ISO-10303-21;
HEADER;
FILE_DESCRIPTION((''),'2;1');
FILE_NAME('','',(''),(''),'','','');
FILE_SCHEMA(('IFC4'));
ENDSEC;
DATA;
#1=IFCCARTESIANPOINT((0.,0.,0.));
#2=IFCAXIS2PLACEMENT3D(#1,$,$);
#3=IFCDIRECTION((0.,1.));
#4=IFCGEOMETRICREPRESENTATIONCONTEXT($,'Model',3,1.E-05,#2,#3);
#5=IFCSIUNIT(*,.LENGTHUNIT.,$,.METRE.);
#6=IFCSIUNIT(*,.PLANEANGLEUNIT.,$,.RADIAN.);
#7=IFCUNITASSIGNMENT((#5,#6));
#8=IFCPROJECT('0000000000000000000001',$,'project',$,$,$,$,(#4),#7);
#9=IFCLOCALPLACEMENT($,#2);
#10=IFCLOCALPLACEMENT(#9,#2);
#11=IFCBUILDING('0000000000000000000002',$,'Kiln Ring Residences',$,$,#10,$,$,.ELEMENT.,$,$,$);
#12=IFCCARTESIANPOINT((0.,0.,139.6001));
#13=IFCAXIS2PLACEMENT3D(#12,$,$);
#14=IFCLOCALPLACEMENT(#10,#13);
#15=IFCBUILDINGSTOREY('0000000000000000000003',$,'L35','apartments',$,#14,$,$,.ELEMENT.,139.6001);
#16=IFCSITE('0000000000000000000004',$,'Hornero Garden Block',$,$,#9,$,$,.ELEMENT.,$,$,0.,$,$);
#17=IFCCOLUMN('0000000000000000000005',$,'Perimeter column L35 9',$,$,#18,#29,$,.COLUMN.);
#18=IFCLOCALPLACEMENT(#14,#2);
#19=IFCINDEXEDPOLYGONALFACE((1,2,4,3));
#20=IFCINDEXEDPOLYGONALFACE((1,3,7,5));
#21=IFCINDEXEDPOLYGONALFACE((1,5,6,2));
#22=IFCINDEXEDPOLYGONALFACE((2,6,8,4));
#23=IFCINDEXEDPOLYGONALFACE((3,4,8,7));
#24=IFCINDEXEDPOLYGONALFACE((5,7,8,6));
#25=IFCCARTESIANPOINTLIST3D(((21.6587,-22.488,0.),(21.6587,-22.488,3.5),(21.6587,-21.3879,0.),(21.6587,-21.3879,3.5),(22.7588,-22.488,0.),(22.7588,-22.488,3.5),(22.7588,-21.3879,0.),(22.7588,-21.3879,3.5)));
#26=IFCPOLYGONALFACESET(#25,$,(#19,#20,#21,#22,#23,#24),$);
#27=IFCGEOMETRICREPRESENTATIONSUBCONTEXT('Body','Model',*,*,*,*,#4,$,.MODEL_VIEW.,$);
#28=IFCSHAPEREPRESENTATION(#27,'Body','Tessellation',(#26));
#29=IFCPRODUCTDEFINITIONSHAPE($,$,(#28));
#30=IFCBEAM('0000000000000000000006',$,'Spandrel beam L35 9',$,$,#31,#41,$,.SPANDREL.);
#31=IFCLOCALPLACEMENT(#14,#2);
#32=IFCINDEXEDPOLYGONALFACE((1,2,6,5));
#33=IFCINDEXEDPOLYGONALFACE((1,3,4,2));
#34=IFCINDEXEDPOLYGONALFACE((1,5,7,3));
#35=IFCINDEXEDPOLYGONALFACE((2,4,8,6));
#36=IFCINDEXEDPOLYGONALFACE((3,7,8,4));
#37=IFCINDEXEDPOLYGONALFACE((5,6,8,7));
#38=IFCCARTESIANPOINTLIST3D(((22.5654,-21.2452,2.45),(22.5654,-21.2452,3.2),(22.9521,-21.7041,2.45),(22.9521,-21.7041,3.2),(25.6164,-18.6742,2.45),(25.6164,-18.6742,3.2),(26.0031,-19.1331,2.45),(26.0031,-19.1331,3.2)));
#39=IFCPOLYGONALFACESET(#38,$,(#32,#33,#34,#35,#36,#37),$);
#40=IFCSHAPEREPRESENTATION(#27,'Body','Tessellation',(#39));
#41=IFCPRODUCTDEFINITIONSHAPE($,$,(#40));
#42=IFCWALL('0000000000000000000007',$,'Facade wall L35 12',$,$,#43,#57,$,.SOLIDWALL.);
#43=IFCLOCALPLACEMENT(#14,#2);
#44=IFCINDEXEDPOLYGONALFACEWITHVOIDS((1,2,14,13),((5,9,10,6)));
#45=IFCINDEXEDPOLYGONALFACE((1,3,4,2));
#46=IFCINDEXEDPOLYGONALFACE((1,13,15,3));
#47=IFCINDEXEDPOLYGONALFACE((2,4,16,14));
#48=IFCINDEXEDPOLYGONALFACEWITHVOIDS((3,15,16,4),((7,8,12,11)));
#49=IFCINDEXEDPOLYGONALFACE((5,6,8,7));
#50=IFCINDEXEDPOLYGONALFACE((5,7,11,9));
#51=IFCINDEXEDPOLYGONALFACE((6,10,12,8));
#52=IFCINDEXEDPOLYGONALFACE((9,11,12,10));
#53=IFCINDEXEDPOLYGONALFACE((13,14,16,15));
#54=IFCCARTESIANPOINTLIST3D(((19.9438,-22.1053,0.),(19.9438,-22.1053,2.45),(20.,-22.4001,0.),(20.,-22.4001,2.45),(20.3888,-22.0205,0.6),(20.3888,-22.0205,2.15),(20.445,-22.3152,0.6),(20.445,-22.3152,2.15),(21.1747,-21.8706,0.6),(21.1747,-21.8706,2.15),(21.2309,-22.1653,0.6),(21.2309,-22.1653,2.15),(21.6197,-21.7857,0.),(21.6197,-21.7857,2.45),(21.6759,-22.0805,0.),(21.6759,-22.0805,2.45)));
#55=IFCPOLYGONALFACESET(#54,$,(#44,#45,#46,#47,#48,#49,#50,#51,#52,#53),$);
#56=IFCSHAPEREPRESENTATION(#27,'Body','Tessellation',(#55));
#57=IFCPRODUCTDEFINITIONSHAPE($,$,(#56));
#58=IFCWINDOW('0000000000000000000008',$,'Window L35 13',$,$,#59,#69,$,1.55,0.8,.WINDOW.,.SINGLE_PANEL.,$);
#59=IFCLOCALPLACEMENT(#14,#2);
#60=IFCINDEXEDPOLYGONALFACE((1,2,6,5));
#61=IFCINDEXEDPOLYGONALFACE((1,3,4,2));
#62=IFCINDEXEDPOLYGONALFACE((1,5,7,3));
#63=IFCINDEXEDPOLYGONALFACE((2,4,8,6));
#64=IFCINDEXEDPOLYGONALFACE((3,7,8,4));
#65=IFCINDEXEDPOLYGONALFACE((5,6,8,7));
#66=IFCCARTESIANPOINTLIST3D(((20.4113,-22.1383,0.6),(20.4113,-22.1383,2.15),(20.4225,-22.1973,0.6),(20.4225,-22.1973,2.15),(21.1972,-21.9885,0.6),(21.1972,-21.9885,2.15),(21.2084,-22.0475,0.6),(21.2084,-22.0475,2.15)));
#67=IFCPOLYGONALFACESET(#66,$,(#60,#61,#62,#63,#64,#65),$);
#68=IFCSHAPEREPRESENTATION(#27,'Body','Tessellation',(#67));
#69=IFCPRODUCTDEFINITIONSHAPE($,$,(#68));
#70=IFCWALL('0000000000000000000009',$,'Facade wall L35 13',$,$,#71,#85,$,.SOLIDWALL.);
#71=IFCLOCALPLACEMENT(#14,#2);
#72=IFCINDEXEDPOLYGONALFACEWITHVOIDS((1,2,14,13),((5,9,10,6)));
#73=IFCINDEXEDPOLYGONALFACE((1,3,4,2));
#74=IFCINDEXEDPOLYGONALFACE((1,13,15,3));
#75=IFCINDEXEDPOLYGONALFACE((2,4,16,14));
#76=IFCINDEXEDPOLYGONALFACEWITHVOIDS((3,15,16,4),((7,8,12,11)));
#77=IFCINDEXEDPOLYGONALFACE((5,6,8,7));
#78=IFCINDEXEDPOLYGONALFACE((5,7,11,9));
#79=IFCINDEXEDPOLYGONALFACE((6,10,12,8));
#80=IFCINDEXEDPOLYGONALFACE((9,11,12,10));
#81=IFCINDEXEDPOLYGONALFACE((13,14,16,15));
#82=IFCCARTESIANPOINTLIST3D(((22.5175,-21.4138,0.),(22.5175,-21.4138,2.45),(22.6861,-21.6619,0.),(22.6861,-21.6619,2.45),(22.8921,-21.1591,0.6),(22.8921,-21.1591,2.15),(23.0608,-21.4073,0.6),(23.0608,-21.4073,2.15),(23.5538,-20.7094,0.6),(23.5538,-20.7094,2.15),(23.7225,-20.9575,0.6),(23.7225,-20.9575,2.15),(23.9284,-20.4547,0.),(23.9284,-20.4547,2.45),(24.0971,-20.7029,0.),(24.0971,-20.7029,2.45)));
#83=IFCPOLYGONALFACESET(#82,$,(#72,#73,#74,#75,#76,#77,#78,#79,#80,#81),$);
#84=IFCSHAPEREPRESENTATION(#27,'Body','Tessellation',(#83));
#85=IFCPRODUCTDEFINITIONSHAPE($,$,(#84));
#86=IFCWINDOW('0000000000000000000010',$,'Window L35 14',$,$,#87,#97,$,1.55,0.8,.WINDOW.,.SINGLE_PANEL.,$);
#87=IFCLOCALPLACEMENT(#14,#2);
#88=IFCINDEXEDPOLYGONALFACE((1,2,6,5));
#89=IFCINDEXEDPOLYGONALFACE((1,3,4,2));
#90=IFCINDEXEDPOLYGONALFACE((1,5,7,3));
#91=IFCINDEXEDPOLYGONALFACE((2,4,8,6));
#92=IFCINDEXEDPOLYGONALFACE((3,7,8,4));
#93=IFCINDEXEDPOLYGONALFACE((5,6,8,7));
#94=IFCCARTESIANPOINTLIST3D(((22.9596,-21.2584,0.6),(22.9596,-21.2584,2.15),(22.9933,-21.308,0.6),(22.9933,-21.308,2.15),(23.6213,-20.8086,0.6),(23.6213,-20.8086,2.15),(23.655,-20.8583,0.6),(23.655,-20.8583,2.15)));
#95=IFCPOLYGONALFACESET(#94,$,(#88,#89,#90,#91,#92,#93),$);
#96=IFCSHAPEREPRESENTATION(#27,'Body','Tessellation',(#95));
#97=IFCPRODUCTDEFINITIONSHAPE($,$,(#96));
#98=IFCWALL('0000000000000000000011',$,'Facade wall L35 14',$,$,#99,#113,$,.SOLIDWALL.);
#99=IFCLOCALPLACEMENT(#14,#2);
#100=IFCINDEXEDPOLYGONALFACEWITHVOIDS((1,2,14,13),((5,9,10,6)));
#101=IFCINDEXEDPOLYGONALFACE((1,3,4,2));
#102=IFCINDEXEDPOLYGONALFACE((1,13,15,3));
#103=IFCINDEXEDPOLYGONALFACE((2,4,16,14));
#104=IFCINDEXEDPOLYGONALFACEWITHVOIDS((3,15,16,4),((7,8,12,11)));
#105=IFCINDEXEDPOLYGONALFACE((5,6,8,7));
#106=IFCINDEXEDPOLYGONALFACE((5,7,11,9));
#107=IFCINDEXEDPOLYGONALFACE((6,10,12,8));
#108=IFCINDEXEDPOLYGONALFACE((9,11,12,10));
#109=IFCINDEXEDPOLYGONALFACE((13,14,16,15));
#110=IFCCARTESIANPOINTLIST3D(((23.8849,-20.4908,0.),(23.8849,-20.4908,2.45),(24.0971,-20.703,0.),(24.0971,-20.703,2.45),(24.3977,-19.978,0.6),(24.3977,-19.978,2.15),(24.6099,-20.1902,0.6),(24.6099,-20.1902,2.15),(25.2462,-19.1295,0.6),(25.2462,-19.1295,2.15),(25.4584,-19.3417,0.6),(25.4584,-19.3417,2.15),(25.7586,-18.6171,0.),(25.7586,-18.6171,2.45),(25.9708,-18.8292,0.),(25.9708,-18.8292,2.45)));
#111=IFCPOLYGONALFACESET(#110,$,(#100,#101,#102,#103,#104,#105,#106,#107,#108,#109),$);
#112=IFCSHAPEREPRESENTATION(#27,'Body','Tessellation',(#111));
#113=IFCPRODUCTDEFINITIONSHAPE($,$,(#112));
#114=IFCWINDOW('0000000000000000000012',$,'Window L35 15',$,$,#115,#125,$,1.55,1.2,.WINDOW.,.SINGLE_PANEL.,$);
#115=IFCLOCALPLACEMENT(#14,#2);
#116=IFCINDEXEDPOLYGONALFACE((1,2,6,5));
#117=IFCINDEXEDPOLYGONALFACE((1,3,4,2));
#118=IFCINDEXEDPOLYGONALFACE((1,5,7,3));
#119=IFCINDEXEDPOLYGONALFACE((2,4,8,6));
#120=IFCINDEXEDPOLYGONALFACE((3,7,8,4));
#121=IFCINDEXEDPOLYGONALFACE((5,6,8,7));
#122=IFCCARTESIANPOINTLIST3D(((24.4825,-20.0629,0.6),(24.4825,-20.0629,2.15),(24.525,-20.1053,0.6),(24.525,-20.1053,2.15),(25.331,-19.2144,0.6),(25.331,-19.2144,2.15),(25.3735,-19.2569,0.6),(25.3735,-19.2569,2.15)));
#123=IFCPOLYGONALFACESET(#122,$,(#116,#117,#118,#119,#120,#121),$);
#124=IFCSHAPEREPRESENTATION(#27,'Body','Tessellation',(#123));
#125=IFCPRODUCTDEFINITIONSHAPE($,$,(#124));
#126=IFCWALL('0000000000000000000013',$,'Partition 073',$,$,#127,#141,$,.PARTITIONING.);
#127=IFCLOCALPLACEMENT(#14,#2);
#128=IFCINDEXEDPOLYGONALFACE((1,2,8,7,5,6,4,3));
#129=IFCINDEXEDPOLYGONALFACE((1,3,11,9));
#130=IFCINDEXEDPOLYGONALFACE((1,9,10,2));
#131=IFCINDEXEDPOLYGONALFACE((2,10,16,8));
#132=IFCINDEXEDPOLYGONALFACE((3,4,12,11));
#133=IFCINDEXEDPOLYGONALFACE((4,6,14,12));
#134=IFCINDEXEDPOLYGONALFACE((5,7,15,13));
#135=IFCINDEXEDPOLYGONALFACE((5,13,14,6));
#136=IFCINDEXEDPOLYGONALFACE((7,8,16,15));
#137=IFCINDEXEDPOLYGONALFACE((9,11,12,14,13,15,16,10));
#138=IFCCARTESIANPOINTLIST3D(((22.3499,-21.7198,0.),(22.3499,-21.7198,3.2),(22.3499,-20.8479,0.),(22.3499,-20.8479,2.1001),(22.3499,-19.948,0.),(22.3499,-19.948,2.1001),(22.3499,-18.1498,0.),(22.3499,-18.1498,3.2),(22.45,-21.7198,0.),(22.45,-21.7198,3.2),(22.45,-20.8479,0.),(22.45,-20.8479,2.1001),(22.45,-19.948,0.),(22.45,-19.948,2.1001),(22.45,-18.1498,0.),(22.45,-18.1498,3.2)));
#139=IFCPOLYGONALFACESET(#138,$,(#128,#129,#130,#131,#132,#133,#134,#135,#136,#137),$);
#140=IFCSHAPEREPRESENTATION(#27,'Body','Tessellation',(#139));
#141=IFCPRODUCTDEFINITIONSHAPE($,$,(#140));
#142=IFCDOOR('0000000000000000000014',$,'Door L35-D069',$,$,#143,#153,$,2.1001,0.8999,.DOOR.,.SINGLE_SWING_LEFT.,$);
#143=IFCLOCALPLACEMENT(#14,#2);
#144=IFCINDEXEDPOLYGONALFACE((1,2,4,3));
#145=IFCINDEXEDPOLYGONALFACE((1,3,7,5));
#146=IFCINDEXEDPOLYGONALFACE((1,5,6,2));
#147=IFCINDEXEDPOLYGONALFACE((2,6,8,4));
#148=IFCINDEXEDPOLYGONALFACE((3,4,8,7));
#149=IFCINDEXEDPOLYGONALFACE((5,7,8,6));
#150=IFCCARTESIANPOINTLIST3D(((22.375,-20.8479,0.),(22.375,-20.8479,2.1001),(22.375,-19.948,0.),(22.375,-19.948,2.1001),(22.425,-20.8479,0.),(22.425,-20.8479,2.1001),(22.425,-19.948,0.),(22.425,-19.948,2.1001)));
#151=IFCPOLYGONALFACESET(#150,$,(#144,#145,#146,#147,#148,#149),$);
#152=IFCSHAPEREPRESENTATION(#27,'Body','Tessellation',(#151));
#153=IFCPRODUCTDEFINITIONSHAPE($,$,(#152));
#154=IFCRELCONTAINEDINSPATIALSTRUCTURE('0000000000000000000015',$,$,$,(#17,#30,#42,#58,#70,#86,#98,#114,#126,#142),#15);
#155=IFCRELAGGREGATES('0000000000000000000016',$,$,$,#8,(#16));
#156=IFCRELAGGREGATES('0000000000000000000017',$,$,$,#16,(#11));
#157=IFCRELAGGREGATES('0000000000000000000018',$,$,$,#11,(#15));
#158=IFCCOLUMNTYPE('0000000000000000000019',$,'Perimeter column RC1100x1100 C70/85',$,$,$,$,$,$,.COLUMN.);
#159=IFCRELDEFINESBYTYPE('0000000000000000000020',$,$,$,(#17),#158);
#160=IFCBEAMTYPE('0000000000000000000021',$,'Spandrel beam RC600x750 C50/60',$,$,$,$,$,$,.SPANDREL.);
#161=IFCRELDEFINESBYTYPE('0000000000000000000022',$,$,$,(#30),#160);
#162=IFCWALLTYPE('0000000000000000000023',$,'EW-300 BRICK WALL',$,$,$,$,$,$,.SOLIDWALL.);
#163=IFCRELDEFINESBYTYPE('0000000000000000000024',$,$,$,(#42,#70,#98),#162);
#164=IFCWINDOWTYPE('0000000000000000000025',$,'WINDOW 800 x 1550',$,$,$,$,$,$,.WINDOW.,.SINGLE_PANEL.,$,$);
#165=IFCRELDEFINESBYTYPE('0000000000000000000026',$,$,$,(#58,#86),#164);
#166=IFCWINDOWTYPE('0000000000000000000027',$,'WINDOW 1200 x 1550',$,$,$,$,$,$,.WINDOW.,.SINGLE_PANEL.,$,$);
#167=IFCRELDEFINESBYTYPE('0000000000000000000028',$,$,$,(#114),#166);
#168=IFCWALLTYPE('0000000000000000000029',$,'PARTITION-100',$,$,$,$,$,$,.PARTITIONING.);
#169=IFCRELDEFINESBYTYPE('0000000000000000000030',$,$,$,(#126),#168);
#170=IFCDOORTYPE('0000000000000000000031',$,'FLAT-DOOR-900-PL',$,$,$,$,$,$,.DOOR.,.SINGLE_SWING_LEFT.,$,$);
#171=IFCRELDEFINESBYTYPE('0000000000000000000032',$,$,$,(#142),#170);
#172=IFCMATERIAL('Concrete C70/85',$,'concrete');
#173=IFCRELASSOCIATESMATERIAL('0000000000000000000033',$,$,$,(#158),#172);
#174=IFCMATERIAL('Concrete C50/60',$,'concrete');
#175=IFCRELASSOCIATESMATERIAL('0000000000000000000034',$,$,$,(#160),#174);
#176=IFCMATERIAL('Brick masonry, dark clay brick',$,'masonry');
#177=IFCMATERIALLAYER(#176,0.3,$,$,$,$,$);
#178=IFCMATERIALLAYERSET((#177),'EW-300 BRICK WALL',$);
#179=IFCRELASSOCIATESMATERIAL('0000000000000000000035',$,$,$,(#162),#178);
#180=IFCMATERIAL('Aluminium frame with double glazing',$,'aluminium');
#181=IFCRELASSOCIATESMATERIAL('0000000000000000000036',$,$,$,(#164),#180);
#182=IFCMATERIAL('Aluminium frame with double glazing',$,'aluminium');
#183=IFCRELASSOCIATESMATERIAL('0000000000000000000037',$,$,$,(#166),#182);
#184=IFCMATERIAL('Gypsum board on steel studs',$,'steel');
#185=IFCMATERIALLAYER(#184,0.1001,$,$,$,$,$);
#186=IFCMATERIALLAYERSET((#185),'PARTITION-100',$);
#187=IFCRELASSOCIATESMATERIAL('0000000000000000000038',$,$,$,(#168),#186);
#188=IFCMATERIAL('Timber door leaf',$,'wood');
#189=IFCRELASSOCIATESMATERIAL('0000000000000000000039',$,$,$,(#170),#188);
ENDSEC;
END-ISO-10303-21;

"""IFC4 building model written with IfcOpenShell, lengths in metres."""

from ifc_helpers import new_model, si_unit, direction, frame, frame_2d, origin, origin_2d, place, context, subcontext, project, spatial, rectangle, extrude, material, layer, layer_set, material_profile, profile_set, type_object, element, fill, save


model = new_model("IFC4")

# Units and contexts
model_context = context("Model", 3, precision=1e-05, world=origin(), true_north=direction((0.0, 1.0)))
body_context = subcontext(model_context, "Body", "Model", "MODEL_VIEW")
ifc_project = project(units=[si_unit("LENGTHUNIT", "METRE"), si_unit("PLANEANGLEUNIT", "RADIAN")], contexts=[model_context])

# Site, building, storey
site_placement = place(None, origin())
site = spatial("IfcSite", under=ifc_project, at=site_placement, Name="Hornero Garden Block", CompositionType="ELEMENT", RefElevation=0.0)
building_placement = place(site_placement, origin())
building = spatial("IfcBuilding", under=site, at=building_placement, Name="Kiln Ring Residences", CompositionType="ELEMENT")
storey_placement = place(building_placement, frame((0.0, 0.0, 139.6001)))
storey = spatial("IfcBuildingStorey", under=building, at=storey_placement, Name="L35", Description="apartments", CompositionType="ELEMENT", Elevation=139.6001)

# Column
ifc_material_1 = material(Name="Concrete C70/85", Category="concrete")
ifc_material_profile_1 = material_profile(ifc_material_1, rectangle(XDim=1.1001, YDim=1.1001, at=origin_2d()), Name="RC1100x1100")
ifc_profile_set_1 = profile_set([ifc_material_profile_1], Name="Concrete C70/85")
column_type = type_object("IfcColumnType", Name="Perimeter column RC1100x1100 C70/85", PredefinedType="COLUMN", material=ifc_profile_set_1)
column_placement = place(storey_placement, frame((22.2087, -21.938, 0.0), z_axis=(0.0, 0.0, 1.0), x_axis=(1.0, 0.0, 0.0)))
element("IfcColumn", 1, at=column_placement, inside=storey, type_object=column_type, Name="Perimeter column L35 9", PredefinedType="COLUMN", context=body_context, shape_type="SweptSolid", body=[
    extrude(rectangle(XDim=1.1001, YDim=1.1001, at=origin_2d()), origin(), (0.0, 0.0, 1.0), 3.5),
])

# Beam
ifc_material_2 = material(Name="Concrete C50/60", Category="concrete")
ifc_material_profile_2 = material_profile(ifc_material_2, rectangle(XDim=0.6001, YDim=0.75, at=origin_2d()), Name="RC600x750")
ifc_profile_set_2 = profile_set([ifc_material_profile_2], Name="Concrete C50/60")
beam_type = type_object("IfcBeamType", Name="Spandrel beam RC600x750 C50/60", PredefinedType="SPANDREL", material=ifc_profile_set_2)
beam_placement = place(storey_placement, frame((22.7588, -21.4746, 2.825), z_axis=(0.764694, 0.644394, 0.0), x_axis=(-0.644394, 0.764694, 0.0)))
element("IfcBeam", 2, at=beam_placement, inside=storey, type_object=beam_type, Name="Spandrel beam L35 9", PredefinedType="SPANDREL", context=body_context, shape_type="SweptSolid", body=[
    extrude(rectangle(XDim=0.6001, YDim=0.75, at=origin_2d()), origin(), (0.0, 0.0, 1.0), 3.9897),
])

# Walls, openings, windows
ifc_material_3 = material(Name="Brick masonry, dark clay brick", Category="masonry")
ifc_layer_1 = layer(ifc_material_3, 0.3)
ifc_layer_set_1 = layer_set([ifc_layer_1], Name="EW-300 BRICK WALL")
wall_type_1 = type_object("IfcWallType", Name="EW-300 BRICK WALL", PredefinedType="SOLIDWALL", material=ifc_layer_set_1)
wall_1_placement = place(storey_placement, frame((19.9719, -22.2527, 0.0), z_axis=(0.0, 0.0, 1.0), x_axis=(0.982297, 0.187329, 0.0)))
wall_1 = element("IfcWall", 3, at=wall_1_placement, inside=storey, type_object=wall_type_1, Name="Facade wall L35 12", PredefinedType="SOLIDWALL", context=body_context, shape_type="SweptSolid", body=[
    extrude(rectangle(XDim=1.7061, YDim=0.3, at=frame_2d((0.853, 0.0))), origin(), (0.0, 0.0, 1.0), 2.45),
])
opening_1_placement = place(wall_1_placement, frame((0.4531, 0.0, 0.6001)))
opening_1 = element("IfcOpeningElement", 4, at=opening_1_placement, cuts=wall_1, PredefinedType="OPENING", context=body_context, shape_type="SweptSolid", body=[
    extrude(rectangle(XDim=0.8, YDim=1.55, at=frame_2d((0.3999, 0.7749))), frame((0.0, 0.1599, 0.0), z_axis=(0.0, -1.0, 0.0), x_axis=(1.0, 0.0, 0.0)), (0.0, 0.0, 1.0), 0.3201),
])
ifc_material_4 = material(Name="Aluminium frame with double glazing", Category="aluminium")
window_type_1 = type_object("IfcWindowType", Name="WINDOW 800 x 1550", PartitioningType="SINGLE_PANEL", PredefinedType="WINDOW", material=ifc_material_4)
window_1_placement = place(opening_1_placement, origin())
window_1 = element("IfcWindow", 5, at=window_1_placement, inside=storey, type_object=window_type_1, Name="Window L35 13", OverallHeight=1.55, OverallWidth=0.8, PartitioningType="SINGLE_PANEL", PredefinedType="WINDOW", context=body_context, shape_type="SweptSolid", body=[
    extrude(rectangle(XDim=0.8, YDim=1.55, at=frame_2d((0.3999, 0.7749))), frame((0.0, 0.03, 0.0), z_axis=(0.0, -1.0, 0.0), x_axis=(1.0, 0.0, 0.0)), (0.0, 0.0, 1.0), 0.0601),
])
fill(opening_1, window_1)
wall_2_placement = place(storey_placement, frame((22.6018, -21.5378, 0.0), z_axis=(0.0, 0.0, 1.0), x_axis=(0.827041, 0.562142, 0.0)))
wall_2 = element("IfcWall", 6, at=wall_2_placement, inside=storey, type_object=wall_type_1, Name="Facade wall L35 13", PredefinedType="SOLIDWALL", context=body_context, shape_type="SweptSolid", body=[
    extrude(rectangle(XDim=1.7061, YDim=0.3, at=frame_2d((0.853, 0.0))), origin(), (0.0, 0.0, 1.0), 2.45),
])
opening_2_placement = place(wall_2_placement, frame((0.4531, 0.0, 0.6001)))
opening_2 = element("IfcOpeningElement", 7, at=opening_2_placement, cuts=wall_2, PredefinedType="OPENING", context=body_context, shape_type="SweptSolid", body=[
    extrude(rectangle(XDim=0.8, YDim=1.55, at=frame_2d((0.3999, 0.7749))), frame((0.0, 0.1599, 0.0), z_axis=(0.0, -1.0, 0.0), x_axis=(1.0, 0.0, 0.0)), (0.0, 0.0, 1.0), 0.3201),
])
window_2_placement = place(opening_2_placement, origin())
window_2 = element("IfcWindow", 8, at=window_2_placement, inside=storey, type_object=window_type_1, Name="Window L35 14", OverallHeight=1.55, OverallWidth=0.8, PartitioningType="SINGLE_PANEL", PredefinedType="WINDOW", context=body_context, shape_type="SweptSolid", body=[
    extrude(rectangle(XDim=0.8, YDim=1.55, at=frame_2d((0.3999, 0.7749))), frame((0.0, 0.03, 0.0), z_axis=(0.0, -1.0, 0.0), x_axis=(1.0, 0.0, 0.0)), (0.0, 0.0, 1.0), 0.0601),
])
fill(opening_2, window_2)
wall_3_placement = place(storey_placement, frame((23.991, -20.5969, 0.0), z_axis=(0.0, 0.0, 1.0), x_axis=(0.707107, 0.707107, 0.0)))
wall_3 = element("IfcWall", 9, at=wall_3_placement, inside=storey, type_object=wall_type_1, Name="Facade wall L35 14", PredefinedType="SOLIDWALL", context=body_context, shape_type="SweptSolid", body=[
    extrude(rectangle(XDim=2.6499, YDim=0.3, at=frame_2d((1.325, 0.0))), origin(), (0.0, 0.0, 1.0), 2.45),
])
opening_3_placement = place(wall_3_placement, frame((0.7251, 0.0, 0.6001)))
opening_3 = element("IfcOpeningElement", 10, at=opening_3_placement, cuts=wall_3, PredefinedType="OPENING", context=body_context, shape_type="SweptSolid", body=[
    extrude(rectangle(XDim=1.2, YDim=1.55, at=frame_2d((0.6001, 0.7749))), frame((0.0, 0.1599, 0.0), z_axis=(0.0, -1.0, 0.0), x_axis=(1.0, 0.0, 0.0)), (0.0, 0.0, 1.0), 0.3201),
])
ifc_material_5 = material(Name="Aluminium frame with double glazing", Category="aluminium")
window_type_2 = type_object("IfcWindowType", Name="WINDOW 1200 x 1550", PartitioningType="SINGLE_PANEL", PredefinedType="WINDOW", material=ifc_material_5)
window_3_placement = place(opening_3_placement, origin())
window_3 = element("IfcWindow", 11, at=window_3_placement, inside=storey, type_object=window_type_2, Name="Window L35 15", OverallHeight=1.55, OverallWidth=1.2, PartitioningType="SINGLE_PANEL", PredefinedType="WINDOW", context=body_context, shape_type="SweptSolid", body=[
    extrude(rectangle(XDim=1.2, YDim=1.55, at=frame_2d((0.6001, 0.7749))), frame((0.0, 0.03, 0.0), z_axis=(0.0, -1.0, 0.0), x_axis=(1.0, 0.0, 0.0)), (0.0, 0.0, 1.0), 0.0601),
])
fill(opening_3, window_3)

# Wall, opening, door
ifc_material_6 = material(Name="Gypsum board on steel studs", Category="steel")
ifc_layer_2 = layer(ifc_material_6, 0.1001)
ifc_layer_set_2 = layer_set([ifc_layer_2], Name="PARTITION-100")
wall_type_2 = type_object("IfcWallType", Name="PARTITION-100", PredefinedType="PARTITIONING", material=ifc_layer_set_2)
wall_4_placement = place(storey_placement, frame((22.3999, -21.72, 0.0), z_axis=(0.0, 0.0, 1.0), x_axis=(0.0, 1.0, 0.0)))
wall_4 = element("IfcWall", 12, at=wall_4_placement, inside=storey, type_object=wall_type_2, Name="Partition 073", PredefinedType="PARTITIONING", context=body_context, shape_type="SweptSolid", body=[
    extrude(rectangle(XDim=3.5701, YDim=0.1001, at=frame_2d((1.7852, 0.0))), origin(), (0.0, 0.0, 1.0), 3.2),
])
opening_4_placement = place(wall_4_placement, frame((0.8721, 0.0, 0.0)))
opening_4 = element("IfcOpeningElement", 13, at=opening_4_placement, cuts=wall_4, PredefinedType="OPENING", context=body_context, shape_type="SweptSolid", body=[
    extrude(rectangle(XDim=0.8999, YDim=2.1001, at=frame_2d((0.45, 1.05))), frame((0.0, 0.0601, 0.0), z_axis=(0.0, -1.0, 0.0), x_axis=(1.0, 0.0, 0.0)), (0.0, 0.0, 1.0), 0.1201),
])
ifc_material_7 = material(Name="Timber door leaf", Category="wood")
door_type = type_object("IfcDoorType", Name="FLAT-DOOR-900-PL", OperationType="SINGLE_SWING_LEFT", PredefinedType="DOOR", material=ifc_material_7)
door_placement = place(opening_4_placement, origin())
door = element("IfcDoor", 14, at=door_placement, inside=storey, type_object=door_type, Name="Door L35-D069", OperationType="SINGLE_SWING_LEFT", OverallHeight=2.1001, OverallWidth=0.8999, PredefinedType="DOOR", context=body_context, shape_type="SweptSolid", body=[
    extrude(rectangle(XDim=0.8999, YDim=2.1001, at=frame_2d((0.45, 1.05))), frame((0.0, 0.0249, 0.0), z_axis=(0.0, -1.0, 0.0), x_axis=(1.0, 0.0, 0.0)), (0.0, 0.0, 1.0), 0.05),
])
fill(opening_4, door)

save(model, "model.ifc")
